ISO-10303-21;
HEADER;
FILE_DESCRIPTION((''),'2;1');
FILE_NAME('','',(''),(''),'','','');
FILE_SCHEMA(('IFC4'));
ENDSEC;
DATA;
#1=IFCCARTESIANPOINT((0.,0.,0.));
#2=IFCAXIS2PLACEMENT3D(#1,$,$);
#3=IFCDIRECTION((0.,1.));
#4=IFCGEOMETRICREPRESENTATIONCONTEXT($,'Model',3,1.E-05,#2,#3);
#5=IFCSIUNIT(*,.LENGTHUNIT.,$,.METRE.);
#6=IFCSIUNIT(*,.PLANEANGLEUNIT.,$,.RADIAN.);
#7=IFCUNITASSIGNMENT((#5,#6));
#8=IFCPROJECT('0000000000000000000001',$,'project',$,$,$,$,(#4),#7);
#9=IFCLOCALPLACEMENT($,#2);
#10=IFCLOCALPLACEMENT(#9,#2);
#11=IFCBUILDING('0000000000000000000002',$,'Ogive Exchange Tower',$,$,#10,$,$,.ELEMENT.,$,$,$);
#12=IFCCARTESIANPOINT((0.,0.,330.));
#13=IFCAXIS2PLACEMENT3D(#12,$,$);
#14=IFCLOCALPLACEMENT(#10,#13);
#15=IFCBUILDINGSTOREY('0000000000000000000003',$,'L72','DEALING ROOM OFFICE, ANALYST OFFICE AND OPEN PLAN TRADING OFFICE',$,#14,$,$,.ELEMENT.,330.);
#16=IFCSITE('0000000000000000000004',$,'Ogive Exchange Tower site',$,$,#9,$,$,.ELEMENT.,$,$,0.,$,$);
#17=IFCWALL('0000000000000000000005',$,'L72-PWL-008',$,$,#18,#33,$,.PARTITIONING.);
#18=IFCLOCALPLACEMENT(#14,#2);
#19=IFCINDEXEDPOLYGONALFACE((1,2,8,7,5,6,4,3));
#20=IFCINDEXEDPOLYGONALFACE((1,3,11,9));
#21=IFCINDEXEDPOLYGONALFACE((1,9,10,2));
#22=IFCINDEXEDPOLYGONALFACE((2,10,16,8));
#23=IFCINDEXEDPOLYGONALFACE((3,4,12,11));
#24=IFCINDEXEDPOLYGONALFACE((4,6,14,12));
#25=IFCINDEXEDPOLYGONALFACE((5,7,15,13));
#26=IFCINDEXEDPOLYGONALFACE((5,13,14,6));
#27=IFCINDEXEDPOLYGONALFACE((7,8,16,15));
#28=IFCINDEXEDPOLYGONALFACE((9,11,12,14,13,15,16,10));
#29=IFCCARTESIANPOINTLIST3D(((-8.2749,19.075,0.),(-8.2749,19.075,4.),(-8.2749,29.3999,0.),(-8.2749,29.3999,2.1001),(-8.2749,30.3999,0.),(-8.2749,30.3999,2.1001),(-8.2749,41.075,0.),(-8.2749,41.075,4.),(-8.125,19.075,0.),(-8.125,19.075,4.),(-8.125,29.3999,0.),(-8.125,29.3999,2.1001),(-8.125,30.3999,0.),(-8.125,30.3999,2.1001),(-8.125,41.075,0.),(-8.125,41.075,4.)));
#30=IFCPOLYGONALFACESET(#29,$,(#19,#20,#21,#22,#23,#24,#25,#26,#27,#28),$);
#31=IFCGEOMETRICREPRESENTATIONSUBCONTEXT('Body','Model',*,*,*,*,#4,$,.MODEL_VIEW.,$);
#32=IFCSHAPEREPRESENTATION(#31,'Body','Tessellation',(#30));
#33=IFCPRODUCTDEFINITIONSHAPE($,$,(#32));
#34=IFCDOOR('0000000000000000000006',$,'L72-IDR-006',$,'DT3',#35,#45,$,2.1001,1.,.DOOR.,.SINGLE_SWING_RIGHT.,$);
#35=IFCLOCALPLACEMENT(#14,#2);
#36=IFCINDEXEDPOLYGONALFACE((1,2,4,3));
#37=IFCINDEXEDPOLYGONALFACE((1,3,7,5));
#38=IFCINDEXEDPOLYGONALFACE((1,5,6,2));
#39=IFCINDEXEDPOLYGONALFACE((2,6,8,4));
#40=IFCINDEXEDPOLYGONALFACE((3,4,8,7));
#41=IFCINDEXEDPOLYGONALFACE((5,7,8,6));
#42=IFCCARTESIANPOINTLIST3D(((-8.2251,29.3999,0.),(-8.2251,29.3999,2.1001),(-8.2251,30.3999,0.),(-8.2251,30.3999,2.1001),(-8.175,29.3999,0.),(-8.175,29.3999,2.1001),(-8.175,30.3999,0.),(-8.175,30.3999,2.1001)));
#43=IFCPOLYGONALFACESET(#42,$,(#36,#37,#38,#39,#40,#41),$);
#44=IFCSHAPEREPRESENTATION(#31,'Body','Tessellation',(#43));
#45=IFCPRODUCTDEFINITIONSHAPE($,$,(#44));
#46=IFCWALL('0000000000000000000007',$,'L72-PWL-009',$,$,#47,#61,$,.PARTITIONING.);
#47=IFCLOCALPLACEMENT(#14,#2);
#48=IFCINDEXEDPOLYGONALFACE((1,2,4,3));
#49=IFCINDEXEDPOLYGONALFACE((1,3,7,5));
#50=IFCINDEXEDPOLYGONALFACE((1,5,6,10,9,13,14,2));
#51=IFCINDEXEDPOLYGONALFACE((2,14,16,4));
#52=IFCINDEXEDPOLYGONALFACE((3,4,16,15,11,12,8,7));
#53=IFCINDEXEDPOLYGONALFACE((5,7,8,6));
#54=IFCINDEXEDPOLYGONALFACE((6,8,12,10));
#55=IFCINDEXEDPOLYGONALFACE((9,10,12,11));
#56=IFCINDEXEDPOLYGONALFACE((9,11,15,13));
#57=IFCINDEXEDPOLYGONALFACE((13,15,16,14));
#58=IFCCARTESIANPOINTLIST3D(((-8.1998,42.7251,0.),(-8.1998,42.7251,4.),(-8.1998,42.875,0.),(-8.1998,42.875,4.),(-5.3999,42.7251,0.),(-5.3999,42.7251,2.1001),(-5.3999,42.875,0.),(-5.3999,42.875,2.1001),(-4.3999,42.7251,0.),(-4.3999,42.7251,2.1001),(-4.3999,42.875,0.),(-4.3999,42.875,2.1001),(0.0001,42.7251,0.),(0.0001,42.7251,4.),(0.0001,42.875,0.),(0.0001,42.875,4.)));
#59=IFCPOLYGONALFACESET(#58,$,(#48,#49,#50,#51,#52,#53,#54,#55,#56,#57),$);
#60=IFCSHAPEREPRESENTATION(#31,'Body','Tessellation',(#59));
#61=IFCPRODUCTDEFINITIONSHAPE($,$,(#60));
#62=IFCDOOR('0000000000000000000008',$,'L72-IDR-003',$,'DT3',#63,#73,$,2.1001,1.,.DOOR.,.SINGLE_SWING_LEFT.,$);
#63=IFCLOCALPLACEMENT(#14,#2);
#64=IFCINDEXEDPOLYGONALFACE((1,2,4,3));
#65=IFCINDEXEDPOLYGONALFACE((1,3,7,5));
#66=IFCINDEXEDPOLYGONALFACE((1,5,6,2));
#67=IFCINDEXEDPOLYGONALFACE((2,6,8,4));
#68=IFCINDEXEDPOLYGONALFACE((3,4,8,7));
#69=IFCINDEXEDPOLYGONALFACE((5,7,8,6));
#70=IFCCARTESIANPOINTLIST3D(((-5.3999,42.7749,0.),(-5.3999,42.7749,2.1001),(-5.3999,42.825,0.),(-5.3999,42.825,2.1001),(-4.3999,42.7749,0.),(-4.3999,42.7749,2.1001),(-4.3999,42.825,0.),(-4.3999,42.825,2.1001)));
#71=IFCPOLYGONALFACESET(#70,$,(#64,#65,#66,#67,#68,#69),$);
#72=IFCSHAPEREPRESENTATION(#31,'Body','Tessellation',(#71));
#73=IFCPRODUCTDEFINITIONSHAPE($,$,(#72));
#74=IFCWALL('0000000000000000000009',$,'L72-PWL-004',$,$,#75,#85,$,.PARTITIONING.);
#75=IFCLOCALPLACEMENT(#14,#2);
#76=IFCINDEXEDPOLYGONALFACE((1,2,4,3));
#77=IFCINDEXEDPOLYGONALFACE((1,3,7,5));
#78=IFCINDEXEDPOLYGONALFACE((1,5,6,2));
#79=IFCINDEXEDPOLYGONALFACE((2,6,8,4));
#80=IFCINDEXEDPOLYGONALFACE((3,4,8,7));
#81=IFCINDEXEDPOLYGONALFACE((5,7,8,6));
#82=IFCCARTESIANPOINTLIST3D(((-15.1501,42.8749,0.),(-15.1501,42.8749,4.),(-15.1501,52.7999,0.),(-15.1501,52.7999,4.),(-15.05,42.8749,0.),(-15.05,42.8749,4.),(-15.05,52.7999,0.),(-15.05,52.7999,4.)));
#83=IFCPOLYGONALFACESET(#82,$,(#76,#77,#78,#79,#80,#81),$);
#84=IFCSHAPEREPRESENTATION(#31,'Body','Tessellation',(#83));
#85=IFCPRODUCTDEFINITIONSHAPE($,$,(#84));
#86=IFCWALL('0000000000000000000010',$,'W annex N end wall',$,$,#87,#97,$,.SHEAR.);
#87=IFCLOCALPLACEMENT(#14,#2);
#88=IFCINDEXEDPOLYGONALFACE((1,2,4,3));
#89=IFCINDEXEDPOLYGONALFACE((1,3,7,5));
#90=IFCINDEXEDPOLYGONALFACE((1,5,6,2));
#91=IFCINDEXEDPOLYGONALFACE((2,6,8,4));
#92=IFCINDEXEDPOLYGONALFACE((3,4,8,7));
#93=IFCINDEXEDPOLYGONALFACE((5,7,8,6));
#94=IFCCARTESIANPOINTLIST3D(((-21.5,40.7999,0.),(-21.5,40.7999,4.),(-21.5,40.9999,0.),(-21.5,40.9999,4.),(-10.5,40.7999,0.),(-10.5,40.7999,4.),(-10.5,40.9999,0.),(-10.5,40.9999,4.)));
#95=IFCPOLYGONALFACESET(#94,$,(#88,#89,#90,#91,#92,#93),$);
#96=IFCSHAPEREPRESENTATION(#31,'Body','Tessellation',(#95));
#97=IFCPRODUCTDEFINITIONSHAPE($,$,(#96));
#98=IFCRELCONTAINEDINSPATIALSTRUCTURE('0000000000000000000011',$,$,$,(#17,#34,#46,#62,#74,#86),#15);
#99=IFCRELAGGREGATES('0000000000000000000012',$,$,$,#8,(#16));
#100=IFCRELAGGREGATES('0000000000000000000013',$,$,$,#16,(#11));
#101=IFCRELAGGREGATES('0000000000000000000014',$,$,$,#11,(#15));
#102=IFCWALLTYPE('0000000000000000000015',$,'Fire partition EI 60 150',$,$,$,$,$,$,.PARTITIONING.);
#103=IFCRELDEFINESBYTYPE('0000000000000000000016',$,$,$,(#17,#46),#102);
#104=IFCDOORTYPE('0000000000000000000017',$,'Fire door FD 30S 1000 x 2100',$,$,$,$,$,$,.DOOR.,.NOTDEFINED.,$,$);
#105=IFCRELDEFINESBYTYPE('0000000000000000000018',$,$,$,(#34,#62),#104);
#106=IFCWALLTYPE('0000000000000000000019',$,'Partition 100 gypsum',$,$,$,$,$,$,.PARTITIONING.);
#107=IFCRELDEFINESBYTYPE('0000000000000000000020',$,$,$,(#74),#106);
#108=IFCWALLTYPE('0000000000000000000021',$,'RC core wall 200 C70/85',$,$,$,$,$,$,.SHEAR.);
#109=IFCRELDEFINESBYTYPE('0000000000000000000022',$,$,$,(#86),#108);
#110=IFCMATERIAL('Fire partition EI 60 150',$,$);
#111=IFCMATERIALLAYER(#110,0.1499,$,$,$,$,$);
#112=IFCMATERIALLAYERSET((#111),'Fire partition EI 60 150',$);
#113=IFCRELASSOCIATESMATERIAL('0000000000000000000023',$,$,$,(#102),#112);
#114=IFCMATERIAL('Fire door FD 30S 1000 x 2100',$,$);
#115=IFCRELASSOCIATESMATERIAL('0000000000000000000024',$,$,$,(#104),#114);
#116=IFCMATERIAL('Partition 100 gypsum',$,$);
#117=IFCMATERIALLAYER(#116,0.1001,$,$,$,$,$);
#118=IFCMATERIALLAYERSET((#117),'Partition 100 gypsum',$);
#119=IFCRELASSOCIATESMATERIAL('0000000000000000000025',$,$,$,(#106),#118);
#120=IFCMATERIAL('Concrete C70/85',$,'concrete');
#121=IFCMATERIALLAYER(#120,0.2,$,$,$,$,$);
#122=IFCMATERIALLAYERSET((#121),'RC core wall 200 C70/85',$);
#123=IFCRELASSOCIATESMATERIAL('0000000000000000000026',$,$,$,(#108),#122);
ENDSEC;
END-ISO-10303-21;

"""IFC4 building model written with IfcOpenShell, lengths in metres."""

from ifc_helpers import new_model, si_unit, direction, frame, frame_2d, origin, place, context, subcontext, project, spatial, rectangle, extrude, material, layer, layer_set, type_object, element, fill, save


model = new_model("IFC4")

# Units and contexts
model_context = context("Model", 3, precision=1e-05, world=origin(), true_north=direction((0.0, 1.0)))
body_context = subcontext(model_context, "Body", "Model", "MODEL_VIEW")
ifc_project = project(units=[si_unit("LENGTHUNIT", "METRE"), si_unit("PLANEANGLEUNIT", "RADIAN")], contexts=[model_context])

# Site, building, storey
site_placement = place(None, origin())
site = spatial("IfcSite", under=ifc_project, at=site_placement, Name="Ogive Exchange Tower site", CompositionType="ELEMENT", RefElevation=0.0)
building_placement = place(site_placement, origin())
building = spatial("IfcBuilding", under=site, at=building_placement, Name="Ogive Exchange Tower", CompositionType="ELEMENT")
storey_placement = place(building_placement, frame((0.0, 0.0, 330.0)))
storey = spatial("IfcBuildingStorey", under=building, at=storey_placement, Name="L72", Description="DEALING ROOM OFFICE, ANALYST OFFICE AND OPEN PLAN TRADING OFFICE", CompositionType="ELEMENT", Elevation=330.0)

# Shared definitions
ifc_material_1 = material(Name="Fire partition EI 60 150")
ifc_layer_1 = layer(ifc_material_1, 0.1499)
ifc_layer_set_1 = layer_set([ifc_layer_1], Name="Fire partition EI 60 150")
wall_type_1 = type_object("IfcWallType", Name="Fire partition EI 60 150", PredefinedType="PARTITIONING", material=ifc_layer_set_1)

# Walls, openings, doors
wall_1_placement = place(storey_placement, frame((-8.2, 41.075, 0.0), z_axis=(0.0, 0.0, 1.0), x_axis=(0.0, -1.0, 0.0)))
wall_1 = element("IfcWall", 1, at=wall_1_placement, inside=storey, type_object=wall_type_1, Name="L72-PWL-008", PredefinedType="PARTITIONING", context=body_context, shape_type="SweptSolid", body=[
    extrude(rectangle(XDim=22.0, YDim=0.1499, at=frame_2d((11.0, 0.0))), origin(), (0.0, 0.0, 1.0), 4.0),
])
opening_1_placement = place(wall_1_placement, frame((10.675, 0.0, 0.0)))
opening_1 = element("IfcOpeningElement", 2, at=opening_1_placement, cuts=wall_1, PredefinedType="OPENING", context=body_context, shape_type="SweptSolid", body=[
    extrude(rectangle(XDim=1.0, YDim=2.1001, at=frame_2d((0.5, 1.05))), frame((0.0, 0.085, 0.0), z_axis=(0.0, -1.0, 0.0), x_axis=(1.0, 0.0, 0.0)), (0.0, 0.0, 1.0), 0.1699),
])
ifc_material_2 = material(Name="Fire door FD 30S 1000 x 2100")
door_type = type_object("IfcDoorType", Name="Fire door FD 30S 1000 x 2100", OperationType="NOTDEFINED", PredefinedType="DOOR", material=ifc_material_2)
door_1_placement = place(opening_1_placement, origin())
door_1 = element("IfcDoor", 3, at=door_1_placement, inside=storey, type_object=door_type, Name="L72-IDR-006", ObjectType="DT3", OperationType="SINGLE_SWING_RIGHT", OverallHeight=2.1001, OverallWidth=1.0, PredefinedType="DOOR", context=body_context, shape_type="SweptSolid", body=[
    extrude(rectangle(XDim=1.0, YDim=2.1001, at=frame_2d((0.5, 1.05))), frame((0.0, 0.0249, 0.0), z_axis=(0.0, -1.0, 0.0), x_axis=(1.0, 0.0, 0.0)), (0.0, 0.0, 1.0), 0.05),
])
fill(opening_1, door_1)
wall_2_placement = place(storey_placement, frame((-8.2, 42.8, 0.0), z_axis=(0.0, 0.0, 1.0), x_axis=(1.0, 0.0, 0.0)))
wall_2 = element("IfcWall", 4, at=wall_2_placement, inside=storey, type_object=wall_type_1, Name="L72-PWL-009", PredefinedType="PARTITIONING", context=body_context, shape_type="SweptSolid", body=[
    extrude(rectangle(XDim=8.2, YDim=0.1499, at=frame_2d((4.1001, 0.0))), origin(), (0.0, 0.0, 1.0), 4.0),
])
opening_2_placement = place(wall_2_placement, frame((2.8, 0.0, 0.0)))
opening_2 = element("IfcOpeningElement", 5, at=opening_2_placement, cuts=wall_2, PredefinedType="OPENING", context=body_context, shape_type="SweptSolid", body=[
    extrude(rectangle(XDim=1.0, YDim=2.1001, at=frame_2d((0.5, 1.05))), frame((0.0, 0.085, 0.0), z_axis=(0.0, -1.0, 0.0), x_axis=(1.0, 0.0, 0.0)), (0.0, 0.0, 1.0), 0.1699),
])
door_2_placement = place(opening_2_placement, origin())
door_2 = element("IfcDoor", 6, at=door_2_placement, inside=storey, type_object=door_type, Name="L72-IDR-003", ObjectType="DT3", OperationType="SINGLE_SWING_LEFT", OverallHeight=2.1001, OverallWidth=1.0, PredefinedType="DOOR", context=body_context, shape_type="SweptSolid", body=[
    extrude(rectangle(XDim=1.0, YDim=2.1001, at=frame_2d((0.5, 1.05))), frame((0.0, 0.0249, 0.0), z_axis=(0.0, -1.0, 0.0), x_axis=(1.0, 0.0, 0.0)), (0.0, 0.0, 1.0), 0.05),
])
fill(opening_2, door_2)

# Walls
ifc_material_3 = material(Name="Partition 100 gypsum")
ifc_layer_2 = layer(ifc_material_3, 0.1001)
ifc_layer_set_2 = layer_set([ifc_layer_2], Name="Partition 100 gypsum")
wall_type_2 = type_object("IfcWallType", Name="Partition 100 gypsum", PredefinedType="PARTITIONING", material=ifc_layer_set_2)
wall_3_placement = place(storey_placement, frame((-15.1001, 42.875, 0.0), z_axis=(0.0, 0.0, 1.0), x_axis=(0.0, 1.0, 0.0)))
element("IfcWall", 7, at=wall_3_placement, inside=storey, type_object=wall_type_2, Name="L72-PWL-004", PredefinedType="PARTITIONING", context=body_context, shape_type="SweptSolid", body=[
    extrude(rectangle(XDim=9.925, YDim=0.1001, at=frame_2d((4.9624, 0.0))), origin(), (0.0, 0.0, 1.0), 4.0),
])
ifc_material_4 = material(Name="Concrete C70/85", Category="concrete")
ifc_layer_3 = layer(ifc_material_4, 0.2)
ifc_layer_set_3 = layer_set([ifc_layer_3], Name="RC core wall 200 C70/85")
wall_type_3 = type_object("IfcWallType", Name="RC core wall 200 C70/85", PredefinedType="SHEAR", material=ifc_layer_set_3)
wall_4_placement = place(storey_placement, frame((-21.5, 40.8999, 0.0), z_axis=(0.0, 0.0, 1.0), x_axis=(1.0, 0.0, 0.0)))
element("IfcWall", 8, at=wall_4_placement, inside=storey, type_object=wall_type_3, Name="W annex N end wall", PredefinedType="SHEAR", context=body_context, shape_type="SweptSolid", body=[
    extrude(rectangle(XDim=11.0, YDim=0.2, at=frame_2d((5.5, 0.0))), origin(), (0.0, 0.0, 1.0), 4.0),
])

save(model, "model.ifc")
